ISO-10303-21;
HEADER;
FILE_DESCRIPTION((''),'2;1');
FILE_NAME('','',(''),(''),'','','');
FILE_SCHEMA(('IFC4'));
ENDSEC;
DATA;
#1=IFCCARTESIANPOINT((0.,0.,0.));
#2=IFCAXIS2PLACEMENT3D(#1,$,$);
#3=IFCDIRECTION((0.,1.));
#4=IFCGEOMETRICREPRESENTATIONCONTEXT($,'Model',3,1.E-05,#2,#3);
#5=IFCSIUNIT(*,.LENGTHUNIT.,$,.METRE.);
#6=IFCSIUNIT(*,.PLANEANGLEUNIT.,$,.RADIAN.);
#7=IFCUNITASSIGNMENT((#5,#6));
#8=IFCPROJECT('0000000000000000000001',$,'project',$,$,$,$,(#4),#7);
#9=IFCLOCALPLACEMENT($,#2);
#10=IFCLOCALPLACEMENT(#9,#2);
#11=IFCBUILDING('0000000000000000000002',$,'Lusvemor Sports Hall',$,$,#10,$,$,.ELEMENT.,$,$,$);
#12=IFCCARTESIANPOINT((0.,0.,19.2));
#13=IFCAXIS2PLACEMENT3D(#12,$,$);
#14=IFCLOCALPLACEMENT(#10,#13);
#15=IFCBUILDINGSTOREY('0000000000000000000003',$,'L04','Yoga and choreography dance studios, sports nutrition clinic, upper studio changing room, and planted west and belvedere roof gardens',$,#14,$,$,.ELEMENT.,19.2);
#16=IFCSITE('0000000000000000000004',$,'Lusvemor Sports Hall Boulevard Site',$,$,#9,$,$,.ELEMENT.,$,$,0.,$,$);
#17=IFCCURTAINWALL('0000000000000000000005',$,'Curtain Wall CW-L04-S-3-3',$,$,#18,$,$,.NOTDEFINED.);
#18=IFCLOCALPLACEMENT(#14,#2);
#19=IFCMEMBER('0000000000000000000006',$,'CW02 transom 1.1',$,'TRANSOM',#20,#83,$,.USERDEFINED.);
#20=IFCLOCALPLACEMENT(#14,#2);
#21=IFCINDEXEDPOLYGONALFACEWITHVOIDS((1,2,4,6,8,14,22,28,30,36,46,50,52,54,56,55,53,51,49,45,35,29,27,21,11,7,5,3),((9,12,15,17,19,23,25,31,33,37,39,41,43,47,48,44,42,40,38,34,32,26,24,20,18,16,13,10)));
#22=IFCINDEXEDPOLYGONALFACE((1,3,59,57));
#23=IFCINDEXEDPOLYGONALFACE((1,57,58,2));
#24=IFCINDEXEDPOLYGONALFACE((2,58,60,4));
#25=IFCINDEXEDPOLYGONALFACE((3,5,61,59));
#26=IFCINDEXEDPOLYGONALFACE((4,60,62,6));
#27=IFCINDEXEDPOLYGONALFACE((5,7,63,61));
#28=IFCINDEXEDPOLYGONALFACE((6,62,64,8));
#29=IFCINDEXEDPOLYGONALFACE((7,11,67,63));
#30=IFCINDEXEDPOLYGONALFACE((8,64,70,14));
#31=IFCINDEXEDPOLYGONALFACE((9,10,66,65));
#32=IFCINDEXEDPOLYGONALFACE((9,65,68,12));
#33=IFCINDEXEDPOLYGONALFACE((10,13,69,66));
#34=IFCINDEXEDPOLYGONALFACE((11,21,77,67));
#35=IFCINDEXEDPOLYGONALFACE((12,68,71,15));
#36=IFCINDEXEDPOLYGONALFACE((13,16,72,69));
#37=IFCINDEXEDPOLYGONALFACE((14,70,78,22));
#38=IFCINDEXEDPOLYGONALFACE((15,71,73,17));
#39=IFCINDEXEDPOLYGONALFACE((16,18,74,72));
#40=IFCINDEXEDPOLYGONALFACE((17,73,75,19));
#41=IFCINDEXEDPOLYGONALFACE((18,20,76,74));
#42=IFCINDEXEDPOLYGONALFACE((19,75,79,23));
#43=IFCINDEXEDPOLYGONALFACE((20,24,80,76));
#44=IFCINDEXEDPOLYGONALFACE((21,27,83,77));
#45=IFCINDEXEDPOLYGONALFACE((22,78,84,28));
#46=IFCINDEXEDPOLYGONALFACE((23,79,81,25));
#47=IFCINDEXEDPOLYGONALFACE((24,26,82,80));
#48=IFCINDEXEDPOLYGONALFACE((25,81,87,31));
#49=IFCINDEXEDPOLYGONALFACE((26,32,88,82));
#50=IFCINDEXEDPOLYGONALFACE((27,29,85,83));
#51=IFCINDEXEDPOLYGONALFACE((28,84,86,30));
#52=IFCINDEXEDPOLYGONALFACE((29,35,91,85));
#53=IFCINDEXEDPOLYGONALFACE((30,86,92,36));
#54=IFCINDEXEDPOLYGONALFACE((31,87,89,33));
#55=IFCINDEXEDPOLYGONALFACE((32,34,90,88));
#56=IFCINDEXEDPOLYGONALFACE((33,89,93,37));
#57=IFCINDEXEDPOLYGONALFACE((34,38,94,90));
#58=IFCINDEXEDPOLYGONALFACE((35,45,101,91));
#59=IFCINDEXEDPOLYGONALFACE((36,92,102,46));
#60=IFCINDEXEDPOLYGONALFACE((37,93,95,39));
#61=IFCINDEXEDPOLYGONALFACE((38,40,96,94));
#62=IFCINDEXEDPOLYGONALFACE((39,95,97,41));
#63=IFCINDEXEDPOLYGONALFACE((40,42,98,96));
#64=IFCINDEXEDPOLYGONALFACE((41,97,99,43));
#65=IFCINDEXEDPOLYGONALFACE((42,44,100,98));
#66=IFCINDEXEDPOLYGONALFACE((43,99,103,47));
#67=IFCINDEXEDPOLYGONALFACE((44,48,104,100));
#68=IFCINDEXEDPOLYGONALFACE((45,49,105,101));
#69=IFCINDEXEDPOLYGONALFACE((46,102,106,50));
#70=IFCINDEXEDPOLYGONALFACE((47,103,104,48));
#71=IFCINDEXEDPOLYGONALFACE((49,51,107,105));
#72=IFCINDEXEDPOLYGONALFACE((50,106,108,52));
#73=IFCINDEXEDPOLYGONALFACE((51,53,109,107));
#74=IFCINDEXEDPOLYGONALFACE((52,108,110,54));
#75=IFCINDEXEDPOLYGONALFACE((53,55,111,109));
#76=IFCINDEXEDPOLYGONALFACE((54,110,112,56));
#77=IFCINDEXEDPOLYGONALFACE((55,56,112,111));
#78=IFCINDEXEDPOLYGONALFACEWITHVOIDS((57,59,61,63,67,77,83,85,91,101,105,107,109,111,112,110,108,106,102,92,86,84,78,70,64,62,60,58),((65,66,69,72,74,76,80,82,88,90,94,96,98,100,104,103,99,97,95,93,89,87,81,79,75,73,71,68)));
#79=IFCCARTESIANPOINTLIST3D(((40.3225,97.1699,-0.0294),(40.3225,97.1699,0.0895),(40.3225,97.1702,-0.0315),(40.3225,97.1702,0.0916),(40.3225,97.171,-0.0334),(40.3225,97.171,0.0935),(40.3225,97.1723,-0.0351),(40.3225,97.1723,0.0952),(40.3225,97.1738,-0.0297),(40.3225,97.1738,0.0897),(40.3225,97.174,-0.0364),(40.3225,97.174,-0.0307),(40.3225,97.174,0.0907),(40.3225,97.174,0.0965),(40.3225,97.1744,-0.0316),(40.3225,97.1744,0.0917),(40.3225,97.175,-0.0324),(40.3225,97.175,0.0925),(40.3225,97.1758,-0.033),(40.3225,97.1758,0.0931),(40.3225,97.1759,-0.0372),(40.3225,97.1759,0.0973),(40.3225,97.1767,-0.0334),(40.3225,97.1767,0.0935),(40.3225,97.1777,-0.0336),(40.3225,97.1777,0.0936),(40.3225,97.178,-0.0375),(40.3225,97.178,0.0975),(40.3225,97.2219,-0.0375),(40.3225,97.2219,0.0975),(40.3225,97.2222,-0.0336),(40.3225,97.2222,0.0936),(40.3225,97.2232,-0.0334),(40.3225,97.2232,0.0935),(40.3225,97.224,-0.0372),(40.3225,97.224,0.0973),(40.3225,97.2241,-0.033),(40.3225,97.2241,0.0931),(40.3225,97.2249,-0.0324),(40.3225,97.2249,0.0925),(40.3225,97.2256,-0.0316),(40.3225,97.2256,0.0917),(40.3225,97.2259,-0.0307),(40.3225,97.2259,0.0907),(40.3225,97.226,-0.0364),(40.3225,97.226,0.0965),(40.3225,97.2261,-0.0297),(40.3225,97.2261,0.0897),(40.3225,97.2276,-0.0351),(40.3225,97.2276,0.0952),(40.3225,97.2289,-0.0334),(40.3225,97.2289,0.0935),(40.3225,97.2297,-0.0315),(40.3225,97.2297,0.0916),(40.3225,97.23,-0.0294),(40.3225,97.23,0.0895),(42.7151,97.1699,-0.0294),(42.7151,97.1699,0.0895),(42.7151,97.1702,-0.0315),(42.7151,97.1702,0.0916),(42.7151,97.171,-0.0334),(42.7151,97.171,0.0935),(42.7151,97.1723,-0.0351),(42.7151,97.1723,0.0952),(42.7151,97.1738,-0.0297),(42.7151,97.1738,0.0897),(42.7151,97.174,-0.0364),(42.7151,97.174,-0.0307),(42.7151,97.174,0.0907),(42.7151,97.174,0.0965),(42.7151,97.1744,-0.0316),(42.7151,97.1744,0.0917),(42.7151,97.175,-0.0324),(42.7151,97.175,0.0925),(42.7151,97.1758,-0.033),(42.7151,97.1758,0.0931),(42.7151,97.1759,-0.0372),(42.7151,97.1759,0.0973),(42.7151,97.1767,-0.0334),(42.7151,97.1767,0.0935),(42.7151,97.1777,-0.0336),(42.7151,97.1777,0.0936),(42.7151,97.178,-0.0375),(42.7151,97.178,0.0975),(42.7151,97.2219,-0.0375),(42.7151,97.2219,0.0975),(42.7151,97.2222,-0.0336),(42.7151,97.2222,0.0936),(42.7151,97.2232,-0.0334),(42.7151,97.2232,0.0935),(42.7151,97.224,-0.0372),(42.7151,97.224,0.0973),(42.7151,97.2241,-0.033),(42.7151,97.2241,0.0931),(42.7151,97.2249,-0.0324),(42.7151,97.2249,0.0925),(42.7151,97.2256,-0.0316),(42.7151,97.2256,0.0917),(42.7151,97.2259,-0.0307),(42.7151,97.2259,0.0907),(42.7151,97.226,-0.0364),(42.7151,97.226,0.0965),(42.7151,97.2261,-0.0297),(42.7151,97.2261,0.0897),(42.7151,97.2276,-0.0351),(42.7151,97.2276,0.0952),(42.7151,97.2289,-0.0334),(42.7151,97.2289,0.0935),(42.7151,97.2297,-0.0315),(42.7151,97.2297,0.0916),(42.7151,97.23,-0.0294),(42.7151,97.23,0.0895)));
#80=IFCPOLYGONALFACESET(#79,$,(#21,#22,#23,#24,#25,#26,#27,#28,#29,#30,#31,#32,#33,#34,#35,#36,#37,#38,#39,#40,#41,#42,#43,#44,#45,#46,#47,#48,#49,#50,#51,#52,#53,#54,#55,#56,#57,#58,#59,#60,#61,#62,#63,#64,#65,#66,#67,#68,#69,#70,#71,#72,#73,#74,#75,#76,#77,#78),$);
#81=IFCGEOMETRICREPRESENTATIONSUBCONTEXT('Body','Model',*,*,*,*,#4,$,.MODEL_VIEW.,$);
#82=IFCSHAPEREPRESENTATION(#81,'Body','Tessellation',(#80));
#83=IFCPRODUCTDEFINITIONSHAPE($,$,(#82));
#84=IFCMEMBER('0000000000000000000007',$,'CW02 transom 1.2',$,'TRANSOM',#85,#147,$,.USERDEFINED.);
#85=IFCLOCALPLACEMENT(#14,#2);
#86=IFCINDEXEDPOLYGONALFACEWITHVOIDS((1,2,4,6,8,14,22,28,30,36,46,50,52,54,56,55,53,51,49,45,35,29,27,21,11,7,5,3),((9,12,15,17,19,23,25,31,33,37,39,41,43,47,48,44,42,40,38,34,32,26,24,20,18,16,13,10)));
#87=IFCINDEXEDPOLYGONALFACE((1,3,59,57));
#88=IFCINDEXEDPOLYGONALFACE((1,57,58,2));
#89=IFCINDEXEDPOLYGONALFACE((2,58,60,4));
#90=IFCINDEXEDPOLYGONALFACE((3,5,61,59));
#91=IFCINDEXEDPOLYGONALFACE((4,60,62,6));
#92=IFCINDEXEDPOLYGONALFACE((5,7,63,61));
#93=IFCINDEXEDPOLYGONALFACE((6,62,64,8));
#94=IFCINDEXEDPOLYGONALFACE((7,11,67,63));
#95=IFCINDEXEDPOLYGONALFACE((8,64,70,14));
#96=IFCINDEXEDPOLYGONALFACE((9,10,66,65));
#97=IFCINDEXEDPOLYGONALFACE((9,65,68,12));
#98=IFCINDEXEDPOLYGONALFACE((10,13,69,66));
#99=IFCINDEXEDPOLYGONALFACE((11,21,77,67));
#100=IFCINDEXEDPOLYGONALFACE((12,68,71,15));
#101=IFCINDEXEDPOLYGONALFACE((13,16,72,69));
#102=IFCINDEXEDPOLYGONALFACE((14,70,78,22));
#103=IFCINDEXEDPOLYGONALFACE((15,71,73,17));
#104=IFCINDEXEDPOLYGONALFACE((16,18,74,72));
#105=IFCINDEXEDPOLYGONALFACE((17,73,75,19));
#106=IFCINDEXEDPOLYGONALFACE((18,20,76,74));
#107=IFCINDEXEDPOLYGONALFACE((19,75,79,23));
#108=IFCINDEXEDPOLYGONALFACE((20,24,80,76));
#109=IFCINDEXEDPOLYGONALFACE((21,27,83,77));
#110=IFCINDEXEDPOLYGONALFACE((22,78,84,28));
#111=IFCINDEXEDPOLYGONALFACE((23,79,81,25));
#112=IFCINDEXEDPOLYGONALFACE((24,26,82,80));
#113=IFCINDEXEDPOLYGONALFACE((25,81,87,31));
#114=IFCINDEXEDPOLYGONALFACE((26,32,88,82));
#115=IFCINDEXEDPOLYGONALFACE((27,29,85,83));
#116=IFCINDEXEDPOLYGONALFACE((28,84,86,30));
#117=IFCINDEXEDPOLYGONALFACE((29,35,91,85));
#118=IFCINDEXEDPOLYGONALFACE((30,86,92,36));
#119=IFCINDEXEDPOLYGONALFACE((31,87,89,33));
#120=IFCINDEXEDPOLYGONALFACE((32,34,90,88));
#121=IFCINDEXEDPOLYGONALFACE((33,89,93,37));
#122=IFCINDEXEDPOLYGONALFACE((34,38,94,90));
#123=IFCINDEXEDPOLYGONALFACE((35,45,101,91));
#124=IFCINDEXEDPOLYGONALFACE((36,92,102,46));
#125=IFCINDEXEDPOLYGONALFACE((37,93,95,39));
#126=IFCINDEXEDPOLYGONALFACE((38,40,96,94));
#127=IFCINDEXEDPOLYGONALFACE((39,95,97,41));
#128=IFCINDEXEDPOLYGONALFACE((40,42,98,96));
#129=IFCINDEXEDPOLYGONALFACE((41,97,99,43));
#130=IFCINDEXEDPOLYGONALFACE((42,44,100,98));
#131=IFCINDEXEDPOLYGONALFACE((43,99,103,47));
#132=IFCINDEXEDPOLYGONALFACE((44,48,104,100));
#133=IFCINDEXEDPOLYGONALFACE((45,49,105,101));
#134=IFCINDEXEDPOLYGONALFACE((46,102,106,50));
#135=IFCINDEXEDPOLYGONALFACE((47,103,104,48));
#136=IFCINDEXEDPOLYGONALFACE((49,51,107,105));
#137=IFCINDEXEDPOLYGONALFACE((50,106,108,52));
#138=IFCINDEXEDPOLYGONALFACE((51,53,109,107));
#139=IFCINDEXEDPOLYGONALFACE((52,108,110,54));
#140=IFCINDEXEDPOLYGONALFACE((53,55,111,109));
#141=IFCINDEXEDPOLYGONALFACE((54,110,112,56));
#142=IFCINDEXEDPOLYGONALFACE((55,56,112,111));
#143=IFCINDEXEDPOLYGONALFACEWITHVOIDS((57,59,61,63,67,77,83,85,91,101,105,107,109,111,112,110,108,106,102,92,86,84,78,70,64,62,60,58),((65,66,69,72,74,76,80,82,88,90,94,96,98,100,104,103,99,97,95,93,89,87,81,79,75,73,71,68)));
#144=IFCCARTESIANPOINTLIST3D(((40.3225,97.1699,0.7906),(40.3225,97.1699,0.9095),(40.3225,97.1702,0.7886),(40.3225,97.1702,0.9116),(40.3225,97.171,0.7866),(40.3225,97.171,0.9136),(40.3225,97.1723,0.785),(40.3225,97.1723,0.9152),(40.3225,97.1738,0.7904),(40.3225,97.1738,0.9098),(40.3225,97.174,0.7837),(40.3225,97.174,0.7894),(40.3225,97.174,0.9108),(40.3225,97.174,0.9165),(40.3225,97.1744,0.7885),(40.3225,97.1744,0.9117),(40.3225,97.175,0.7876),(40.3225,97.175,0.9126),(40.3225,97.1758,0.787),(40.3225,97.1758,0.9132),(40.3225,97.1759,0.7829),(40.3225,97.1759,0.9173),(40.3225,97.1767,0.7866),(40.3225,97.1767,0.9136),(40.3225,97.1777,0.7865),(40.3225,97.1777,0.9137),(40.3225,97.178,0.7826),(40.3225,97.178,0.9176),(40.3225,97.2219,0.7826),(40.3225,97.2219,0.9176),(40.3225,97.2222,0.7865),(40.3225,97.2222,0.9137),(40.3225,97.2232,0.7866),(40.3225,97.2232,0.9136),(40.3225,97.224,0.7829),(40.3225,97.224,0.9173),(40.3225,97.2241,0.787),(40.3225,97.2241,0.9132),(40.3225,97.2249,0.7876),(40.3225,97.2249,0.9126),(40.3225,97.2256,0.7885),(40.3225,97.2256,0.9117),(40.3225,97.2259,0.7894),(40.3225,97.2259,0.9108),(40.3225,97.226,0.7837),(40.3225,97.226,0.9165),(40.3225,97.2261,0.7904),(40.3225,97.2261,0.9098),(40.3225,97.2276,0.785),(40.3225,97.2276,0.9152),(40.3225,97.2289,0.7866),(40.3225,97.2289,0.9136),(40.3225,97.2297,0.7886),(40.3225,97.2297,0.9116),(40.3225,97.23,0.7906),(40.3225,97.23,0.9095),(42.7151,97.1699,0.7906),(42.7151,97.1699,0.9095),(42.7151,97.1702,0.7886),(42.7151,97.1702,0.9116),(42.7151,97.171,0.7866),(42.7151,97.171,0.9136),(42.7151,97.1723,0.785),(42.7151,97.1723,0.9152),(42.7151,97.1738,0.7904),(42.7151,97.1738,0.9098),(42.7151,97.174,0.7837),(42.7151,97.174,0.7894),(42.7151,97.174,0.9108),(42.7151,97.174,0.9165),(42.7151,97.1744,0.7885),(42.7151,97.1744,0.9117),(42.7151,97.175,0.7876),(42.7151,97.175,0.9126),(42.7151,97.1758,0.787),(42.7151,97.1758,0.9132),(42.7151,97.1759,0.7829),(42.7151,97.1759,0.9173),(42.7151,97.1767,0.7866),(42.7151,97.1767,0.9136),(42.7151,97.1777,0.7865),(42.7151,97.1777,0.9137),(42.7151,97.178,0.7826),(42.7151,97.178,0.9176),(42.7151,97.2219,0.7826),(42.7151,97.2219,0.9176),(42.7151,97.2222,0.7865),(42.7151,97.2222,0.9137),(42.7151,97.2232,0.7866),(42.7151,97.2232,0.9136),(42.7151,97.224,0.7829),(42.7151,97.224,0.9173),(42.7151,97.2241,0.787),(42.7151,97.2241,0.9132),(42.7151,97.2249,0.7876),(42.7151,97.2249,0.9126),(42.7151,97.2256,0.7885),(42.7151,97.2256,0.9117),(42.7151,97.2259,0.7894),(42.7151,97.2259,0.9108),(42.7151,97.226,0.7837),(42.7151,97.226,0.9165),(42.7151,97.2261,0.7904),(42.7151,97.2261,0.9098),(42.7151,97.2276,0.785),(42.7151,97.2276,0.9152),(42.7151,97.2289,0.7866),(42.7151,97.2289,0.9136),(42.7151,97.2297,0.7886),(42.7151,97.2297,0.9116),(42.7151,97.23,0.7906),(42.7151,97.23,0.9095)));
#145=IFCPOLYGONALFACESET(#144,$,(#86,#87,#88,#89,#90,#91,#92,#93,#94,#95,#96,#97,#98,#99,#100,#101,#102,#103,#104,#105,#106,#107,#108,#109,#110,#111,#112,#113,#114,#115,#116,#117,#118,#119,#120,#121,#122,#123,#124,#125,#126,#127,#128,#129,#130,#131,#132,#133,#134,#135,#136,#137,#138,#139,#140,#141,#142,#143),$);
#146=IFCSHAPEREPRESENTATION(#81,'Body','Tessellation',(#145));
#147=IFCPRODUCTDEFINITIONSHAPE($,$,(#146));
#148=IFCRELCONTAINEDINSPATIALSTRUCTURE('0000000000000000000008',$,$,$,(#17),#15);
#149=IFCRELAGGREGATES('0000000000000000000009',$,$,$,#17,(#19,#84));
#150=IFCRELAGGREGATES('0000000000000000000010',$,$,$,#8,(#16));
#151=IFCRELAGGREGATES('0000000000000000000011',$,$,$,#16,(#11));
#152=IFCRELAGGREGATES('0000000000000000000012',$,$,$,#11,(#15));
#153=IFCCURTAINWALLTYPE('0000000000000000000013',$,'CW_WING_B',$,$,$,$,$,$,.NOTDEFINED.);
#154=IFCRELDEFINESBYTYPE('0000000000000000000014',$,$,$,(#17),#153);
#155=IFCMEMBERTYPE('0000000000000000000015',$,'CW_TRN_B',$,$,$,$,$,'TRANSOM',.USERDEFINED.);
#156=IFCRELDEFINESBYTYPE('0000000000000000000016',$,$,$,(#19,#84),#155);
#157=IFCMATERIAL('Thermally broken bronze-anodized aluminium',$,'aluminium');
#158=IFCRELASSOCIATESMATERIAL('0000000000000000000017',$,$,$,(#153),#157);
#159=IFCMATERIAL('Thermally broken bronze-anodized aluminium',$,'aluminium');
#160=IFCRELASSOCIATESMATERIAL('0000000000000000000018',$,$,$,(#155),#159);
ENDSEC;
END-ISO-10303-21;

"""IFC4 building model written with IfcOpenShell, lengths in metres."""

from ifc_helpers import new_model, si_unit, direction, frame, origin, origin_2d, place, context, subcontext, project, spatial, hollow_rectangle, extrude, material, material_profile, profile_set, type_object, element, aggregate, save


model = new_model("IFC4")

# Units and contexts
model_context = context("Model", 3, precision=1e-05, world=origin(), true_north=direction((0.0, 1.0)))
body_context = subcontext(model_context, "Body", "Model", "MODEL_VIEW")
ifc_project = project(units=[si_unit("LENGTHUNIT", "METRE"), si_unit("PLANEANGLEUNIT", "RADIAN")], contexts=[model_context])

# Site, building, storey
site_placement = place(None, origin())
site = spatial("IfcSite", under=ifc_project, at=site_placement, Name="Lusvemor Sports Hall Boulevard Site", CompositionType="ELEMENT", RefElevation=0.0)
building_placement = place(site_placement, origin())
building = spatial("IfcBuilding", under=site, at=building_placement, Name="Lusvemor Sports Hall", CompositionType="ELEMENT")
storey_placement = place(building_placement, frame((0.0, 0.0, 19.2)))
storey = spatial("IfcBuildingStorey", under=building, at=storey_placement, Name="L04", Description="Yoga and choreography dance studios, sports nutrition clinic, upper studio changing room, and planted west and belvedere roof gardens", CompositionType="ELEMENT", Elevation=19.2)

# Curtain wall
ifc_material_1 = material(Name="Thermally broken bronze-anodized aluminium", Category="aluminium")
curtain_wall_type = type_object("IfcCurtainWallType", Name="CW_WING_B", PredefinedType="NOTDEFINED", material=ifc_material_1)
curtain_wall_1_placement = place(storey_placement, origin())
curtain_wall_1 = element("IfcCurtainWall", 1, at=curtain_wall_1_placement, inside=storey, type_object=curtain_wall_type, Name="Curtain Wall CW-L04-S-3-3", PredefinedType="NOTDEFINED")

# Members
ifc_material_2 = material(Name="Thermally broken bronze-anodized aluminium", Category="aluminium")
ifc_material_profile_1 = material_profile(ifc_material_2, hollow_rectangle(XDim=0.0601, YDim=0.135, WallThickness=0.0039, InnerFilletRadius=0.0039, OuterFilletRadius=0.0081, at=origin_2d()), Name="CWTRN135x60x4")
ifc_profile_set_1 = profile_set([ifc_material_profile_1], Name="Thermally broken bronze-anodized aluminium")
member_type_1 = type_object("IfcMemberType", Name="CW_TRN_B", ElementType="TRANSOM", PredefinedType="USERDEFINED", material=ifc_profile_set_1)
member_1_placement = place(storey_placement, frame((42.7151, 97.2, 0.03), z_axis=(-1.0, 0.0, 0.0), x_axis=(0.0, -1.0, 0.0)))
member_1 = element("IfcMember", 2, at=member_1_placement, type_object=member_type_1, Name="CW02 transom 1.1", ObjectType="TRANSOM", PredefinedType="USERDEFINED", context=body_context, shape_type="SweptSolid", body=[
    extrude(hollow_rectangle(XDim=0.0601, YDim=0.135, WallThickness=0.0039, InnerFilletRadius=0.0039, OuterFilletRadius=0.0081, at=origin_2d()), origin(), (0.0, 0.0, 1.0), 2.3926),
])
member_2_placement = place(storey_placement, frame((42.7151, 97.2, 0.8501), z_axis=(-1.0, 0.0, 0.0), x_axis=(0.0, -1.0, 0.0)))
member_2 = element("IfcMember", 3, at=member_2_placement, type_object=member_type_1, Name="CW02 transom 1.2", ObjectType="TRANSOM", PredefinedType="USERDEFINED", context=body_context, shape_type="SweptSolid", body=[
    extrude(hollow_rectangle(XDim=0.0601, YDim=0.135, WallThickness=0.0039, InnerFilletRadius=0.0039, OuterFilletRadius=0.0081, at=origin_2d()), origin(), (0.0, 0.0, 1.0), 2.3926),
])
aggregate(curtain_wall_1, [member_1, member_2])

save(model, "model.ifc")
